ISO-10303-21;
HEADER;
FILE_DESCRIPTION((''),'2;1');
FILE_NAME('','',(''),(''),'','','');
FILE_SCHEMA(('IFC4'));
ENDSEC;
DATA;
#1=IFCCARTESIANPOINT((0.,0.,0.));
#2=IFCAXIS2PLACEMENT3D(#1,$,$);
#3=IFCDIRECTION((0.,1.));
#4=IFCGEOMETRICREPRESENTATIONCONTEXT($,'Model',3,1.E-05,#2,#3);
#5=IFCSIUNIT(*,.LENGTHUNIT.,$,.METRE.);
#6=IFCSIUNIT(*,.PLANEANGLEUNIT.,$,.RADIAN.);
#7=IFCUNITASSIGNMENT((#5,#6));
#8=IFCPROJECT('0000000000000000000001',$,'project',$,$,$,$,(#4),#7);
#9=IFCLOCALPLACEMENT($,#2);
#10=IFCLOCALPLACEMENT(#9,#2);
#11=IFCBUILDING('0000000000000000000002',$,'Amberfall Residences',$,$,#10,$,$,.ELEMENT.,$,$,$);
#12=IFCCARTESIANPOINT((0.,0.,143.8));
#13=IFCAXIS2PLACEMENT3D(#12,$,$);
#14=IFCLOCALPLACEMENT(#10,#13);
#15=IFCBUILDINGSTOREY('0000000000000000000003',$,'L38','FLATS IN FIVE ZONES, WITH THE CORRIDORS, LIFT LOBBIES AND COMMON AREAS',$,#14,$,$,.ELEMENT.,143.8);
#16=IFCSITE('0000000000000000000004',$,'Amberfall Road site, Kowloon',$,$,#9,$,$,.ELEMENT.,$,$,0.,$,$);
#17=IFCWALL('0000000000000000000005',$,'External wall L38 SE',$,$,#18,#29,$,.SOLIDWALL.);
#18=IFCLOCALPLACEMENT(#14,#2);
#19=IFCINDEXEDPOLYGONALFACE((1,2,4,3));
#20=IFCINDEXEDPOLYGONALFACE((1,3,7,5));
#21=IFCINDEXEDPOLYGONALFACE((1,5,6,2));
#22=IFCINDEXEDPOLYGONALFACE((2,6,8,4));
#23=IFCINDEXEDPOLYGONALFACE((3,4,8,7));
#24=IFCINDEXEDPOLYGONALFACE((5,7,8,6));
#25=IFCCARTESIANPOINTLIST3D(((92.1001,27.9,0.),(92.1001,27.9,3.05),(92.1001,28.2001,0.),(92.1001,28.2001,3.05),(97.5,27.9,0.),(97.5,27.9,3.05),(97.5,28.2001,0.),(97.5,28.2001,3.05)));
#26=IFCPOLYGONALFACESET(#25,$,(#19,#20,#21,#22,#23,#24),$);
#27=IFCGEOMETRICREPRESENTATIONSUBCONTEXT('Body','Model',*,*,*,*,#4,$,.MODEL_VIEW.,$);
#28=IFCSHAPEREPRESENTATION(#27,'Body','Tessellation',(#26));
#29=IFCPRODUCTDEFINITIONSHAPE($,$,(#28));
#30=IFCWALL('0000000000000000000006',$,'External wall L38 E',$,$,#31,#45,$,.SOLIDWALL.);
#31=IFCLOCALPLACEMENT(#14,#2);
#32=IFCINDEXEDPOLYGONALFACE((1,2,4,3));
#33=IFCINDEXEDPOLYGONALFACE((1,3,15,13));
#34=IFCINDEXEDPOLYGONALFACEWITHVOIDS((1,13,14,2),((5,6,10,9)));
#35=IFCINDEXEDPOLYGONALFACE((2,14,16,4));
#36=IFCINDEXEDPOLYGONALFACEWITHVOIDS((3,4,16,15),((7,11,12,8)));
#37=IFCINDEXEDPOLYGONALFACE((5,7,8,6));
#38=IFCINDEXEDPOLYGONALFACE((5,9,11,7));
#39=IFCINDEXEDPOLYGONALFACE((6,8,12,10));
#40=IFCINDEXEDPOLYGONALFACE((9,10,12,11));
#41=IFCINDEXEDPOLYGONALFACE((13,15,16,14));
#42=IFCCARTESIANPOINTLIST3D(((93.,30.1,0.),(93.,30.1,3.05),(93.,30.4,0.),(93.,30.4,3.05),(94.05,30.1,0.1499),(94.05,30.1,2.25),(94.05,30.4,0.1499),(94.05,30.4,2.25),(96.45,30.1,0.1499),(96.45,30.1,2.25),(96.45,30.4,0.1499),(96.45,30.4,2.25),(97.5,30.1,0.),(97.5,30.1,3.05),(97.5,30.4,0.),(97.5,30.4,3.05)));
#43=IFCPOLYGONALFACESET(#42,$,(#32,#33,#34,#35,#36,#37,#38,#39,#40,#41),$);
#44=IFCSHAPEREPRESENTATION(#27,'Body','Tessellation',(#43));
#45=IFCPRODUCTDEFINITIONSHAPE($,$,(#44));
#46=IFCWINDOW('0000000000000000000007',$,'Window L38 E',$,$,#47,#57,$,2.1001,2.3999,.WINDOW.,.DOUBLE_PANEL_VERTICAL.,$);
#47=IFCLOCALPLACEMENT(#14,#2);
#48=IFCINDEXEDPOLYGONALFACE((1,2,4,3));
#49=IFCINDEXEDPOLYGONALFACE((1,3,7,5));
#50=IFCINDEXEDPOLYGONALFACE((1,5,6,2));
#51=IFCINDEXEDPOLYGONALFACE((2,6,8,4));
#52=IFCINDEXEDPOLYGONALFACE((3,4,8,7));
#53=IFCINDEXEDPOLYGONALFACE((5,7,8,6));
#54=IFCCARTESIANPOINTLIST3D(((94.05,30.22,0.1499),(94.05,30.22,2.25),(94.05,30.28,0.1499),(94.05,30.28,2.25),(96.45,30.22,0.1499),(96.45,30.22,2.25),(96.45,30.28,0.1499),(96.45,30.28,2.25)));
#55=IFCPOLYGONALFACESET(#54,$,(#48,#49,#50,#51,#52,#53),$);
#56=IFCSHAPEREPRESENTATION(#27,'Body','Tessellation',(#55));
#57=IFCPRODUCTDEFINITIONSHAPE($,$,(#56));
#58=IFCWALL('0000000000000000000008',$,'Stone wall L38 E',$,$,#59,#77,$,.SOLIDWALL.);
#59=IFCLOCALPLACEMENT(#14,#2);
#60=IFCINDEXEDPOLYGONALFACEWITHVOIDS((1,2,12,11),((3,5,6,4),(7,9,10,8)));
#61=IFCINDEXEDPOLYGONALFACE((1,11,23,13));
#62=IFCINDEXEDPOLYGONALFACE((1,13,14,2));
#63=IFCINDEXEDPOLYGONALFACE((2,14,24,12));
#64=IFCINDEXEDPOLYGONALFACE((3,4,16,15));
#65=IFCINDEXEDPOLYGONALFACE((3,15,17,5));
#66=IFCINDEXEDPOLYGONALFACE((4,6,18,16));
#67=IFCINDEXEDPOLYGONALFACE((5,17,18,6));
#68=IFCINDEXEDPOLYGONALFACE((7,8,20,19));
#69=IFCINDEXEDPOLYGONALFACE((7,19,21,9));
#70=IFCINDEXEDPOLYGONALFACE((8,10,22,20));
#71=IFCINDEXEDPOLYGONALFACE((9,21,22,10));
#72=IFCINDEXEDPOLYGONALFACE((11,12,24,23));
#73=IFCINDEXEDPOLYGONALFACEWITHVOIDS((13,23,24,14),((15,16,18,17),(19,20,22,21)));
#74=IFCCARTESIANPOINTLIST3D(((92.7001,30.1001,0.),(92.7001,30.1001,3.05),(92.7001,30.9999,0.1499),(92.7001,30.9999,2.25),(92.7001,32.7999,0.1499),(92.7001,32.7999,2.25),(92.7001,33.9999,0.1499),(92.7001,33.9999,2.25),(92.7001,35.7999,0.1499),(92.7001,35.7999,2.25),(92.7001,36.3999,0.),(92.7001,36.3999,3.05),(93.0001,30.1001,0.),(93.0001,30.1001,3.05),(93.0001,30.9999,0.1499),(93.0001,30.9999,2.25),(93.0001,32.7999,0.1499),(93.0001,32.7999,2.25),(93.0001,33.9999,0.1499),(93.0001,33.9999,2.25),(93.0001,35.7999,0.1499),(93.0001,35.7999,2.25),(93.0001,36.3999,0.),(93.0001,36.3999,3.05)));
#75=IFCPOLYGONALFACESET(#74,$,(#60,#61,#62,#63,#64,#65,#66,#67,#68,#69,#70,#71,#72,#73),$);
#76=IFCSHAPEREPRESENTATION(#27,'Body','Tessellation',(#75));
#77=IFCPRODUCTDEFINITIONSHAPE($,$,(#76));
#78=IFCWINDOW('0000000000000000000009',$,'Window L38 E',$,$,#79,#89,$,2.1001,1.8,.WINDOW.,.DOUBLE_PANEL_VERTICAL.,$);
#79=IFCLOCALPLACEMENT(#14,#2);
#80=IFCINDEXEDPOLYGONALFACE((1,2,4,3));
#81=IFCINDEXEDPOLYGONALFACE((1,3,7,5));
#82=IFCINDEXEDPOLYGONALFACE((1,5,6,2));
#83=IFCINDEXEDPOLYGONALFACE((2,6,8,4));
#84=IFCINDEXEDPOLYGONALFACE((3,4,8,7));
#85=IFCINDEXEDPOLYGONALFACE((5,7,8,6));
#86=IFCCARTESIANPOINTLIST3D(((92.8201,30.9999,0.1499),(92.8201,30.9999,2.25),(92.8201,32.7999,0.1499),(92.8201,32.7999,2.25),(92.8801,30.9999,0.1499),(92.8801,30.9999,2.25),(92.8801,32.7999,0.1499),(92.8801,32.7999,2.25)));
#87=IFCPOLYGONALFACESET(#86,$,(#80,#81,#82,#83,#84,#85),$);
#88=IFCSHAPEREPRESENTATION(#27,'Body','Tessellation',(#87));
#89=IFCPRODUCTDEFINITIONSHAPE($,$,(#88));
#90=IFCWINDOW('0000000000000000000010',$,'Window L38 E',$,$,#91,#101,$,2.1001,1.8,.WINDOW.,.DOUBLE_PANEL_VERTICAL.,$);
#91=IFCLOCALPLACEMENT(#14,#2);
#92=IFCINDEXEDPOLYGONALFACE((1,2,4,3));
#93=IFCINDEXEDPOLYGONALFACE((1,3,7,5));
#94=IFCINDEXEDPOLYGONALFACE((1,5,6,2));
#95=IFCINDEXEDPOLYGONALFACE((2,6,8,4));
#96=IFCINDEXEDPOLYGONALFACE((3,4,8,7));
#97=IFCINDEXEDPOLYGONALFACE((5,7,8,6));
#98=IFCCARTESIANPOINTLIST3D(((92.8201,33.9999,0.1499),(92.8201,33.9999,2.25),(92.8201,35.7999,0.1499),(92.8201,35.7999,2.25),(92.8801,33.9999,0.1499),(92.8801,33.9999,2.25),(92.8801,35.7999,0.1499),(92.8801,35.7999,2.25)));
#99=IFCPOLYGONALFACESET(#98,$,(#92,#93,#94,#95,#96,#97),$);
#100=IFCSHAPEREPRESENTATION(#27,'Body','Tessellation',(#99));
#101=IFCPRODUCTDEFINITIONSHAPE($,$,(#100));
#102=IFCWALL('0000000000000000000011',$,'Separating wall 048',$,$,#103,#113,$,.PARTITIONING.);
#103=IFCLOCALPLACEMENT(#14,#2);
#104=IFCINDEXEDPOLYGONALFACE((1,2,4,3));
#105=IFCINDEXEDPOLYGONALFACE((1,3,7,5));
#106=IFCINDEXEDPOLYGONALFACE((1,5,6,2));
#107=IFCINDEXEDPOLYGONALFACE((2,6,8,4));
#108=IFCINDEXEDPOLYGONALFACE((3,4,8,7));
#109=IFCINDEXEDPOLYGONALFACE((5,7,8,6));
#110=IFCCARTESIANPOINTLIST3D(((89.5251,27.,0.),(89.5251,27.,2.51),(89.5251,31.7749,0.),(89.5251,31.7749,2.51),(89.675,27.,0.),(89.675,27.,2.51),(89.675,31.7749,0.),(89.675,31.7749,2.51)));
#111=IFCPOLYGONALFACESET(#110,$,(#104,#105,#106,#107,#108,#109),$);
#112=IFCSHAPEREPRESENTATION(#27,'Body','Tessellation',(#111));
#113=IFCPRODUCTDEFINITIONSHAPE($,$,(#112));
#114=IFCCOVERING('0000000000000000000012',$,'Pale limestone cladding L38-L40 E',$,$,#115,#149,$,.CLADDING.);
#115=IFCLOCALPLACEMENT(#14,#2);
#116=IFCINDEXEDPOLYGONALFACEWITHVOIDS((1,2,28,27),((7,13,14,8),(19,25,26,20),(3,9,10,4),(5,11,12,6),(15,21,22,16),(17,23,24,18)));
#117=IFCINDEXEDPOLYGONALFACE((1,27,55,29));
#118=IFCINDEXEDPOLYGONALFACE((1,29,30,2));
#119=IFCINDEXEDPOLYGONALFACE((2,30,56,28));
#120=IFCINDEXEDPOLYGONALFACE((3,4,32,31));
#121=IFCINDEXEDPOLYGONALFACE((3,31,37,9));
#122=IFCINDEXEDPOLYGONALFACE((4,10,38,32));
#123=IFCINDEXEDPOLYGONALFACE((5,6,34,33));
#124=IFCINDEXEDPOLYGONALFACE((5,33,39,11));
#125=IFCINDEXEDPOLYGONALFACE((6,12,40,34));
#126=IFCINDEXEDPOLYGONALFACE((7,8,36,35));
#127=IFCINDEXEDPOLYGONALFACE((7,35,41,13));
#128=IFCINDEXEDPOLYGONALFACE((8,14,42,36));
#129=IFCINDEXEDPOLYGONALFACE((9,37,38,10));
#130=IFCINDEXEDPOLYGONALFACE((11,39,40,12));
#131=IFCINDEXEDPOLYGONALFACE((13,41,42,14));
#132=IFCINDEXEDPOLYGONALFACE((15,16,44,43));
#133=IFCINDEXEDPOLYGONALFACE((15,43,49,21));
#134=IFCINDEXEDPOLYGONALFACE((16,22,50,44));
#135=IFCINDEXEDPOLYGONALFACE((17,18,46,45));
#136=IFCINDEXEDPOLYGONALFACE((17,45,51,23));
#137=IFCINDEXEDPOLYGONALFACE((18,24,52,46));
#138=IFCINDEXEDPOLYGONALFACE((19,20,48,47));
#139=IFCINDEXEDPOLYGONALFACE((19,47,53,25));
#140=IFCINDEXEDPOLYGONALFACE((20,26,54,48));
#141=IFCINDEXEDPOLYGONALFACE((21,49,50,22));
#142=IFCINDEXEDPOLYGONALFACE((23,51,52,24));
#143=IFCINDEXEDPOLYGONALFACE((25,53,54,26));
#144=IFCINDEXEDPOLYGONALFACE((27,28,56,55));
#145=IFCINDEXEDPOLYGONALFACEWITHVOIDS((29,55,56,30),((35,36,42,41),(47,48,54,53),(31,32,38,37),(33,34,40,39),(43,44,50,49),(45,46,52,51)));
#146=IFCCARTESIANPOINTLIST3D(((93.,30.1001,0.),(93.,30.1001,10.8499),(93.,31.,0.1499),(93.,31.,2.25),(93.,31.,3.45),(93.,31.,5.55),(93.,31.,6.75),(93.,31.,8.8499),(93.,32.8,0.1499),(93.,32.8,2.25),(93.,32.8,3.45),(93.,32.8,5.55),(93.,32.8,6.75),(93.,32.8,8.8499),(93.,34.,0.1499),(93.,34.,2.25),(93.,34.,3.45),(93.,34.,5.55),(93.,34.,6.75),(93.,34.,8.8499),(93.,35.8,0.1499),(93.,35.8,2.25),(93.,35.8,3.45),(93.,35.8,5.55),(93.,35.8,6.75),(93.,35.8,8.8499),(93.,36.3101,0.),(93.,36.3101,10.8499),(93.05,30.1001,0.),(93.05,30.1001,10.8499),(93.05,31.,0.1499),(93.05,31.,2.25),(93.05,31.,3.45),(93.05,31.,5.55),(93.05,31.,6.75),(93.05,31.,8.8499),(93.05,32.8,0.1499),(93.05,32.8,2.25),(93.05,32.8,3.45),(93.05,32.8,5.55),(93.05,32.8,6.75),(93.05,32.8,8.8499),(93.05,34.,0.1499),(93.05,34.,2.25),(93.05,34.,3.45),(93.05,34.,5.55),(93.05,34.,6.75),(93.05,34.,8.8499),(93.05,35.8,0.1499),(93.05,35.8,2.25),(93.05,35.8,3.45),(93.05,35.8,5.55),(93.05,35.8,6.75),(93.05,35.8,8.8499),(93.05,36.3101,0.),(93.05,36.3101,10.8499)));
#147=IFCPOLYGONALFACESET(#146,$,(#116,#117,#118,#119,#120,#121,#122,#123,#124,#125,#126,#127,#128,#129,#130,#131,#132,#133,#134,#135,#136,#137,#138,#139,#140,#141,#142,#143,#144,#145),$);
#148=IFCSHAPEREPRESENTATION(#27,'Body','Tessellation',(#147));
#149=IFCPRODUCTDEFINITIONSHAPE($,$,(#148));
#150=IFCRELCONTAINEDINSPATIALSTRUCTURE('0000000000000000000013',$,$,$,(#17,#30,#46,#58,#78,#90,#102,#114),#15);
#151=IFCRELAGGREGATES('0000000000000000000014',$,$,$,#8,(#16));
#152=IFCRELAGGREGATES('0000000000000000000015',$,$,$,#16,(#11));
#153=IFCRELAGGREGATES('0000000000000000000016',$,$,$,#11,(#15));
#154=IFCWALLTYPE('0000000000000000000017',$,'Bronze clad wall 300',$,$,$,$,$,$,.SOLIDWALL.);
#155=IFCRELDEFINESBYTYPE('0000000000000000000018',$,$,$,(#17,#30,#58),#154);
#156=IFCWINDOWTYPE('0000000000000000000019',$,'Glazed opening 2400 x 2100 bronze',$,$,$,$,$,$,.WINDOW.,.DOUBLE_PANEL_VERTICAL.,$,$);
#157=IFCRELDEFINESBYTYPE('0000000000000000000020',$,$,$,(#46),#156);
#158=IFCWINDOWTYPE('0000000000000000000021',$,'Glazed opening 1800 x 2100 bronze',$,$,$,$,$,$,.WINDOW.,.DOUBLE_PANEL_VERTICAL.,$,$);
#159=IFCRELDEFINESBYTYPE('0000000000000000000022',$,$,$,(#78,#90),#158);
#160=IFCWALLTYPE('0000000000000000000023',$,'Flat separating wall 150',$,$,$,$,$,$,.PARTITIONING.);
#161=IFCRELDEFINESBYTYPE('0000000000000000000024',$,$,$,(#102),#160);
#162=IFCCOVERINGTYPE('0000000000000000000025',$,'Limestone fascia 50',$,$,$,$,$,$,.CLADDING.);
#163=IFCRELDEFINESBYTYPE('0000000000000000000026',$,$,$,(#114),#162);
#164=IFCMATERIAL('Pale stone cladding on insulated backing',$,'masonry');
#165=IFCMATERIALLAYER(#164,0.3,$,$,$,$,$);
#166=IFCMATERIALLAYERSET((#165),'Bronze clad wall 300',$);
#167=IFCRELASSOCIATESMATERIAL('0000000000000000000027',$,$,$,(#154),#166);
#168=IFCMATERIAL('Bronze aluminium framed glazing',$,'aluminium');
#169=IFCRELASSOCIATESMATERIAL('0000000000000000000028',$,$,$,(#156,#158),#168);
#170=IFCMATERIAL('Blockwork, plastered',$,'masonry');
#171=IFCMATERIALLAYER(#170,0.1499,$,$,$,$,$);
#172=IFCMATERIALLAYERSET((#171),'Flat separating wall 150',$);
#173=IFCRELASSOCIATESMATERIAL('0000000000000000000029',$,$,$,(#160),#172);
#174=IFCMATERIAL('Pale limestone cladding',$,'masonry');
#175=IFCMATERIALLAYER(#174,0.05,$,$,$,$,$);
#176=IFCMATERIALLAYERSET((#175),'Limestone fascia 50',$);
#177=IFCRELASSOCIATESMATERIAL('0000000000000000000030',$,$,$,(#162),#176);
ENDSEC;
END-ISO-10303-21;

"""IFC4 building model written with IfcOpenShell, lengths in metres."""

from ifc_helpers import new_model, si_unit, direction, frame, frame_2d, origin, place, context, subcontext, project, spatial, polyline, rectangle, outline, extrude, material, layer, layer_set, type_object, element, fill, save


model = new_model("IFC4")

# Units and contexts
model_context = context("Model", 3, precision=1e-05, world=origin(), true_north=direction((0.0, 1.0)))
body_context = subcontext(model_context, "Body", "Model", "MODEL_VIEW")
ifc_project = project(units=[si_unit("LENGTHUNIT", "METRE"), si_unit("PLANEANGLEUNIT", "RADIAN")], contexts=[model_context])

# Site, building, storey
site_placement = place(None, origin())
site = spatial("IfcSite", under=ifc_project, at=site_placement, Name="Amberfall Road site, Kowloon", CompositionType="ELEMENT", RefElevation=0.0)
building_placement = place(site_placement, origin())
building = spatial("IfcBuilding", under=site, at=building_placement, Name="Amberfall Residences", CompositionType="ELEMENT")
storey_placement = place(building_placement, frame((0.0, 0.0, 143.8)))
storey = spatial("IfcBuildingStorey", under=building, at=storey_placement, Name="L38", Description="FLATS IN FIVE ZONES, WITH THE CORRIDORS, LIFT LOBBIES AND COMMON AREAS", CompositionType="ELEMENT", Elevation=143.8)

# Shared definitions
ifc_material_1 = material(Name="Pale stone cladding on insulated backing", Category="masonry")
ifc_layer_1 = layer(ifc_material_1, 0.3)
ifc_layer_set_1 = layer_set([ifc_layer_1], Name="Bronze clad wall 300")
wall_type_1 = type_object("IfcWallType", Name="Bronze clad wall 300", PredefinedType="SOLIDWALL", material=ifc_layer_set_1)

# Shared definitions
ifc_material_2 = material(Name="Bronze aluminium framed glazing", Category="aluminium")
window_type_1 = type_object("IfcWindowType", Name="Glazed opening 2400 x 2100 bronze", PartitioningType="DOUBLE_PANEL_VERTICAL", PredefinedType="WINDOW", material=ifc_material_2)

# Wall
wall_1_placement = place(storey_placement, frame((92.1001, 28.05, 0.0), z_axis=(0.0, 0.0, 1.0), x_axis=(1.0, 0.0, 0.0)))
element("IfcWall", 1, at=wall_1_placement, inside=storey, type_object=wall_type_1, Name="External wall L38 SE", PredefinedType="SOLIDWALL", context=body_context, shape_type="SweptSolid", body=[
    extrude(rectangle(XDim=5.3999, YDim=0.3, at=frame_2d((2.7, 0.0))), origin(), (0.0, 0.0, 1.0), 3.05),
])

# Wall, opening, window
wall_2_placement = place(storey_placement, frame((97.5, 30.25, 0.0), z_axis=(0.0, 0.0, 1.0), x_axis=(-1.0, 0.0, 0.0)))
wall_2 = element("IfcWall", 2, at=wall_2_placement, inside=storey, type_object=wall_type_1, Name="External wall L38 E", PredefinedType="SOLIDWALL", context=body_context, shape_type="SweptSolid", body=[
    extrude(rectangle(XDim=4.5, YDim=0.3, at=frame_2d((2.25, 0.0))), origin(), (0.0, 0.0, 1.0), 3.05),
])
opening_1_placement = place(wall_2_placement, frame((1.05, 0.0, 0.1499)))
opening_1 = element("IfcOpeningElement", 3, at=opening_1_placement, cuts=wall_2, PredefinedType="OPENING", context=body_context, shape_type="SweptSolid", body=[
    extrude(rectangle(XDim=2.3999, YDim=2.1001, at=frame_2d((1.2, 1.05))), frame((0.0, 0.1599, 0.0), z_axis=(0.0, -1.0, 0.0), x_axis=(1.0, 0.0, 0.0)), (0.0, 0.0, 1.0), 0.3201),
])
window_1_placement = place(opening_1_placement, origin())
window_1 = element("IfcWindow", 4, at=window_1_placement, inside=storey, type_object=window_type_1, Name="Window L38 E", OverallHeight=2.1001, OverallWidth=2.3999, PartitioningType="DOUBLE_PANEL_VERTICAL", PredefinedType="WINDOW", context=body_context, shape_type="SweptSolid", body=[
    extrude(rectangle(XDim=2.3999, YDim=2.1001, at=frame_2d((1.2, 1.05))), frame((0.0, 0.03, 0.0), z_axis=(0.0, -1.0, 0.0), x_axis=(1.0, 0.0, 0.0)), (0.0, 0.0, 1.0), 0.0601),
])
fill(opening_1, window_1)

# Wall, openings, windows
wall_3_placement = place(storey_placement, frame((92.8501, 30.1001, 0.0), z_axis=(0.0, 0.0, 1.0), x_axis=(0.0, 1.0, 0.0)))
wall_3 = element("IfcWall", 5, at=wall_3_placement, inside=storey, type_object=wall_type_1, Name="Stone wall L38 E", PredefinedType="SOLIDWALL", context=body_context, shape_type="SweptSolid", body=[
    extrude(rectangle(XDim=6.2998, YDim=0.3, at=frame_2d((3.1499, 0.0))), origin(), (0.0, 0.0, 1.0), 3.05),
])
opening_2_placement = place(wall_3_placement, frame((0.8999, 0.0, 0.1499)))
opening_2 = element("IfcOpeningElement", 6, at=opening_2_placement, cuts=wall_3, PredefinedType="OPENING", context=body_context, shape_type="SweptSolid", body=[
    extrude(rectangle(XDim=1.8, YDim=2.1001, at=frame_2d((0.8999, 1.05))), frame((0.0, 0.1599, 0.0), z_axis=(0.0, -1.0, 0.0), x_axis=(1.0, 0.0, 0.0)), (0.0, 0.0, 1.0), 0.3201),
])
opening_3_placement = place(wall_3_placement, frame((3.8999, 0.0, 0.1499)))
opening_3 = element("IfcOpeningElement", 7, at=opening_3_placement, cuts=wall_3, PredefinedType="OPENING", context=body_context, shape_type="SweptSolid", body=[
    extrude(rectangle(XDim=1.8, YDim=2.1001, at=frame_2d((0.8999, 1.05))), frame((0.0, 0.1599, 0.0), z_axis=(0.0, -1.0, 0.0), x_axis=(1.0, 0.0, 0.0)), (0.0, 0.0, 1.0), 0.3201),
])
window_type_2 = type_object("IfcWindowType", Name="Glazed opening 1800 x 2100 bronze", PartitioningType="DOUBLE_PANEL_VERTICAL", PredefinedType="WINDOW", material=ifc_material_2)
window_2_placement = place(opening_2_placement, origin())
window_2 = element("IfcWindow", 8, at=window_2_placement, inside=storey, type_object=window_type_2, Name="Window L38 E", OverallHeight=2.1001, OverallWidth=1.8, PartitioningType="DOUBLE_PANEL_VERTICAL", PredefinedType="WINDOW", context=body_context, shape_type="SweptSolid", body=[
    extrude(rectangle(XDim=1.8, YDim=2.1001, at=frame_2d((0.8999, 1.05))), frame((0.0, 0.03, 0.0), z_axis=(0.0, -1.0, 0.0), x_axis=(1.0, 0.0, 0.0)), (0.0, 0.0, 1.0), 0.0601),
])
fill(opening_2, window_2)
window_3_placement = place(opening_3_placement, origin())
window_3 = element("IfcWindow", 9, at=window_3_placement, inside=storey, type_object=window_type_2, Name="Window L38 E", OverallHeight=2.1001, OverallWidth=1.8, PartitioningType="DOUBLE_PANEL_VERTICAL", PredefinedType="WINDOW", context=body_context, shape_type="SweptSolid", body=[
    extrude(rectangle(XDim=1.8, YDim=2.1001, at=frame_2d((0.8999, 1.05))), frame((0.0, 0.03, 0.0), z_axis=(0.0, -1.0, 0.0), x_axis=(1.0, 0.0, 0.0)), (0.0, 0.0, 1.0), 0.0601),
])
fill(opening_3, window_3)

# Wall
ifc_material_3 = material(Name="Blockwork, plastered", Category="masonry")
ifc_layer_2 = layer(ifc_material_3, 0.1499)
ifc_layer_set_2 = layer_set([ifc_layer_2], Name="Flat separating wall 150")
wall_type_2 = type_object("IfcWallType", Name="Flat separating wall 150", PredefinedType="PARTITIONING", material=ifc_layer_set_2)
wall_4_placement = place(storey_placement, frame((89.6001, 27.0, 0.0), z_axis=(0.0, 0.0, 1.0), x_axis=(0.0, 1.0, 0.0)))
element("IfcWall", 10, at=wall_4_placement, inside=storey, type_object=wall_type_2, Name="Separating wall 048", PredefinedType="PARTITIONING", context=body_context, shape_type="SweptSolid", body=[
    extrude(rectangle(XDim=4.7749, YDim=0.1499, at=frame_2d((2.3875, 0.0))), origin(), (0.0, 0.0, 1.0), 2.51),
])

# Covering
ifc_material_4 = material(Name="Pale limestone cladding", Category="masonry")
ifc_layer_3 = layer(ifc_material_4, 0.05)
ifc_layer_set_3 = layer_set([ifc_layer_3], Name="Limestone fascia 50")
covering_type = type_object("IfcCoveringType", Name="Limestone fascia 50", PredefinedType="CLADDING", material=ifc_layer_set_3)
covering_placement = place(storey_placement, frame((93.0, 30.1001, 10.8499), z_axis=(-1.0, 0.0, 0.0), x_axis=(0.0, 1.0, 0.0)))
element("IfcCovering", 11, at=covering_placement, inside=storey, type_object=covering_type, Name="Pale limestone cladding L38-L40 E", PredefinedType="CLADDING", context=body_context, shape_type="SweptSolid", body=[
    extrude(outline(polyline([(0.0, 0.0), (6.21, 0.0), (6.21, 10.8499), (0.0, 10.8499), (0.0, 0.0)]), holes=[polyline([(0.8999, 8.5999), (2.7, 8.5999), (2.7, 10.7), (0.8999, 10.7), (0.8999, 8.5999)]), polyline([(3.8999, 8.5999), (5.7, 8.5999), (5.7, 10.7), (3.8999, 10.7), (3.8999, 8.5999)]), polyline([(0.8999, 5.2998), (2.7, 5.2998), (2.7, 7.3999), (0.8999, 7.3999), (0.8999, 5.2998)]), polyline([(3.8999, 5.2998), (5.7, 5.2998), (5.7, 7.3999), (3.8999, 7.3999), (3.8999, 5.2998)]), polyline([(0.8999, 2.0), (2.7, 2.0), (2.7, 4.0999), (0.8999, 4.0999), (0.8999, 2.0)]), polyline([(3.8999, 2.0), (5.7, 2.0), (5.7, 4.0999), (3.8999, 4.0999), (3.8999, 2.0)])]), origin(), (0.0, 0.0, -1.0), 0.05),
])

save(model, "model.ifc")
